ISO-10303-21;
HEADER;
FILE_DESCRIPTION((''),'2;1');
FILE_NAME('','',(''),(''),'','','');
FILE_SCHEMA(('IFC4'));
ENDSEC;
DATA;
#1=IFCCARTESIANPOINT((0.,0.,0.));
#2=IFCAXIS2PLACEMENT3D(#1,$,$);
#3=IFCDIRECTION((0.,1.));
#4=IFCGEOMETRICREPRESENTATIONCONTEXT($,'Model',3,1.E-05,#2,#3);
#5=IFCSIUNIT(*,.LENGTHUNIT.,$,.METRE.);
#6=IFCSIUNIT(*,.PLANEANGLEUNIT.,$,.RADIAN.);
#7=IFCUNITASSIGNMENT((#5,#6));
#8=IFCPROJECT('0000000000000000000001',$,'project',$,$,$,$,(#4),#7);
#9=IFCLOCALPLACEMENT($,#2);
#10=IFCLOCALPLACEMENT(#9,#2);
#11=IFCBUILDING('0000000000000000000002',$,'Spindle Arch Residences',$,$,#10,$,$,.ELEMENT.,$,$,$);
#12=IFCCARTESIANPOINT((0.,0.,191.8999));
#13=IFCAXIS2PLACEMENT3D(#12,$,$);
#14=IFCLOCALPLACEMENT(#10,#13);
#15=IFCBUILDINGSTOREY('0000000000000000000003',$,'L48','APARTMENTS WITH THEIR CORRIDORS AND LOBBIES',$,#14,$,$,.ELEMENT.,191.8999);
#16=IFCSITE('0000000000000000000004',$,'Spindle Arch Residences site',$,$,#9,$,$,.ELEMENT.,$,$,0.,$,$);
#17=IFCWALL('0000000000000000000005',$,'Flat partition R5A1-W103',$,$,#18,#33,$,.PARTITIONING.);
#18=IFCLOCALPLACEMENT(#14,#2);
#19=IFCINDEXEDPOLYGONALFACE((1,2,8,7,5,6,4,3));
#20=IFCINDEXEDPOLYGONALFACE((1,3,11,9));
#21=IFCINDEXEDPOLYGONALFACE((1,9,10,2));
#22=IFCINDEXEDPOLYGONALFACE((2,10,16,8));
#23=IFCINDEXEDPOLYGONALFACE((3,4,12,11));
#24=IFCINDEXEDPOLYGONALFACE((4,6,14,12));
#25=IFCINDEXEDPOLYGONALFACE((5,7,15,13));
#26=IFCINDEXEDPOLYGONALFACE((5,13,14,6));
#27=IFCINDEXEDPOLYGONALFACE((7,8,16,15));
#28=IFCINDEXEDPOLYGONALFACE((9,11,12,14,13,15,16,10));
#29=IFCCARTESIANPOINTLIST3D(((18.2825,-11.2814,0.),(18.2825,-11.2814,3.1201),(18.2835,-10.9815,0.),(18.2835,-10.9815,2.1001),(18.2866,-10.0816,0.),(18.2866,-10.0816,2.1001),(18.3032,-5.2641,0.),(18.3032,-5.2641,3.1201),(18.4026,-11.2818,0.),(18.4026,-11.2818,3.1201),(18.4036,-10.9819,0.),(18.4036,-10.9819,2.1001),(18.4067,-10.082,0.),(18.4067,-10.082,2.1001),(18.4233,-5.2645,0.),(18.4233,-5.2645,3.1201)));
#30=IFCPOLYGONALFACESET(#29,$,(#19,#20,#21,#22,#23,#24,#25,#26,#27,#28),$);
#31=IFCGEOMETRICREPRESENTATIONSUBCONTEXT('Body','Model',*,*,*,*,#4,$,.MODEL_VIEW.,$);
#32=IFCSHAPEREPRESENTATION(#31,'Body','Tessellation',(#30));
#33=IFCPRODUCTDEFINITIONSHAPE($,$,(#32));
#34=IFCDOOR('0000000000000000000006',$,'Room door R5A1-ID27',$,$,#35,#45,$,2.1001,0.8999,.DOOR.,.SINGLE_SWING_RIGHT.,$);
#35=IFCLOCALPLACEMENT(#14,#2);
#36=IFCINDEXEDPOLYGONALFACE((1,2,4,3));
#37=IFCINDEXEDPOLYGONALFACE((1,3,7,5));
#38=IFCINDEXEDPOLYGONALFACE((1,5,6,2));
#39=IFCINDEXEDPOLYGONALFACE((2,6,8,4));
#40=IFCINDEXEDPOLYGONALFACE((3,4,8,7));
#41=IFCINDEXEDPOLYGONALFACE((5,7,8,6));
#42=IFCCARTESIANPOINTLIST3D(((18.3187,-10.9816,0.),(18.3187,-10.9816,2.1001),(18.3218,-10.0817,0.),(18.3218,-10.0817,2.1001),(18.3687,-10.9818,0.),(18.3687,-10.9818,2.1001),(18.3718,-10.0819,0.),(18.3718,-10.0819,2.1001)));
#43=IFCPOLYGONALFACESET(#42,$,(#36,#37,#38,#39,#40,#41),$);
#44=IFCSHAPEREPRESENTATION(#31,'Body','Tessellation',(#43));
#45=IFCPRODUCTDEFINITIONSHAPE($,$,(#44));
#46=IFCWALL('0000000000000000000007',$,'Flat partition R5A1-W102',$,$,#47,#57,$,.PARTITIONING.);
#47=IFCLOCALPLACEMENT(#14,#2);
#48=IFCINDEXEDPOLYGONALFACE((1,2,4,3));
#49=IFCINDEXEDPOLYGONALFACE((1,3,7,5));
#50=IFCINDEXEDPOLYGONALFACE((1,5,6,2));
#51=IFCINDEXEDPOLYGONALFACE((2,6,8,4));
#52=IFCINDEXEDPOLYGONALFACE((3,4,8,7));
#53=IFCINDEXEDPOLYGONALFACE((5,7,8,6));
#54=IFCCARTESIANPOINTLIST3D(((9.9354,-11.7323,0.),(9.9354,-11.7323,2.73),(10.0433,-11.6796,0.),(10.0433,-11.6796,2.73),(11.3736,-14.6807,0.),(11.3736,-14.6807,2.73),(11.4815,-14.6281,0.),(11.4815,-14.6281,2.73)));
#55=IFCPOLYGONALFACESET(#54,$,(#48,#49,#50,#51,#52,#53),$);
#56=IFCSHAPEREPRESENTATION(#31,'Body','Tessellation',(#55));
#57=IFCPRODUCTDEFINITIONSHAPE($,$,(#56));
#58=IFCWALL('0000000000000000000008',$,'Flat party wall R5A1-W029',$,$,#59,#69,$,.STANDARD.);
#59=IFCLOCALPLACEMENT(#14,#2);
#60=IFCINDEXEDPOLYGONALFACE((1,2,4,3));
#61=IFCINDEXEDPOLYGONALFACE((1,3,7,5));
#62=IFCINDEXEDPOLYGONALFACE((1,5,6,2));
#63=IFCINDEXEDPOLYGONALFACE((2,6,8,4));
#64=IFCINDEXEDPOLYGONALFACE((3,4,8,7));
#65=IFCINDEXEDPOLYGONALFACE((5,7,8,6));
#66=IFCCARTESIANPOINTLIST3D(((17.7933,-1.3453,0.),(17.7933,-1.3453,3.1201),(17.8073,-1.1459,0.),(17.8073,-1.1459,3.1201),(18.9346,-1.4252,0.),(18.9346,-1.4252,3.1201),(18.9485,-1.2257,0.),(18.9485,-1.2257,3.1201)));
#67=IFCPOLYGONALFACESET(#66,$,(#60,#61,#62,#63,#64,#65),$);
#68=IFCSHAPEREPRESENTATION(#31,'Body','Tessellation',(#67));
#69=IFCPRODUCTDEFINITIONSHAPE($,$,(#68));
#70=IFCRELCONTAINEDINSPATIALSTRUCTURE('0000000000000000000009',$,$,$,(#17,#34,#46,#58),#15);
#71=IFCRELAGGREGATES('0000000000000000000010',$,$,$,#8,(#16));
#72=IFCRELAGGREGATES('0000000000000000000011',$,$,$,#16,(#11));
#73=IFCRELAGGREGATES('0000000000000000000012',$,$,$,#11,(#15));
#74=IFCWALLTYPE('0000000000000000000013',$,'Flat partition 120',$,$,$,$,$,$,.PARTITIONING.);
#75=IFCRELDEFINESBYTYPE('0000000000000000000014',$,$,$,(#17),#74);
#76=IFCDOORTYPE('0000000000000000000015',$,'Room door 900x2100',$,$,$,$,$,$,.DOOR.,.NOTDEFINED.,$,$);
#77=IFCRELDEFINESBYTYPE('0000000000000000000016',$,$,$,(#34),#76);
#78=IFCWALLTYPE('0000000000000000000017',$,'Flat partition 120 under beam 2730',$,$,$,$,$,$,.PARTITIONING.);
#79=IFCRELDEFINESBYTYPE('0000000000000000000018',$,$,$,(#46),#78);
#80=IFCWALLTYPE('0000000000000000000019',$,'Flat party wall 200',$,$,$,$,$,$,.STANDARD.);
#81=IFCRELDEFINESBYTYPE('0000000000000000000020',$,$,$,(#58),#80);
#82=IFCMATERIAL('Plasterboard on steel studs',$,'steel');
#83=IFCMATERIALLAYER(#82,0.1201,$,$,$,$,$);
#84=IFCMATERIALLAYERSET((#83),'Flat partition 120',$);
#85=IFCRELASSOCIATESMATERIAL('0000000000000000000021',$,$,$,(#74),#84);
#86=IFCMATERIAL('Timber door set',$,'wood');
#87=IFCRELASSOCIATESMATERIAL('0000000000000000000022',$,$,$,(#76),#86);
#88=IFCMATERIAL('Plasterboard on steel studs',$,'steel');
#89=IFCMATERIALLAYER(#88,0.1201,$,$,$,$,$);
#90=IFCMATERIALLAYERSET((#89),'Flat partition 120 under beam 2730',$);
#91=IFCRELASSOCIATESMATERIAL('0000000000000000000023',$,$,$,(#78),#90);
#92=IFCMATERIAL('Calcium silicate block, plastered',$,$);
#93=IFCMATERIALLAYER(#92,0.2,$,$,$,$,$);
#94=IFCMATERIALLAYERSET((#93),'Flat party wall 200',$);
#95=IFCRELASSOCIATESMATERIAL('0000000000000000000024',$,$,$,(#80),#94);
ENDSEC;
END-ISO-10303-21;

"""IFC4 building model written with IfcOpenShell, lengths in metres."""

from ifc_helpers import new_model, si_unit, direction, frame, frame_2d, origin, place, context, subcontext, project, spatial, rectangle, extrude, material, layer, layer_set, type_object, element, fill, save


model = new_model("IFC4")

# Units and contexts
model_context = context("Model", 3, precision=1e-05, world=origin(), true_north=direction((0.0, 1.0)))
body_context = subcontext(model_context, "Body", "Model", "MODEL_VIEW")
ifc_project = project(units=[si_unit("LENGTHUNIT", "METRE"), si_unit("PLANEANGLEUNIT", "RADIAN")], contexts=[model_context])

# Site, building, storey
site_placement = place(None, origin())
site = spatial("IfcSite", under=ifc_project, at=site_placement, Name="Spindle Arch Residences site", CompositionType="ELEMENT", RefElevation=0.0)
building_placement = place(site_placement, origin())
building = spatial("IfcBuilding", under=site, at=building_placement, Name="Spindle Arch Residences", CompositionType="ELEMENT")
storey_placement = place(building_placement, frame((0.0, 0.0, 191.8999)))
storey = spatial("IfcBuildingStorey", under=building, at=storey_placement, Name="L48", Description="APARTMENTS WITH THEIR CORRIDORS AND LOBBIES", CompositionType="ELEMENT", Elevation=191.8999)

# Shared definitions
ifc_material_1 = material(Name="Plasterboard on steel studs", Category="steel")
ifc_layer_1 = layer(ifc_material_1, 0.1201)
ifc_layer_set_1 = layer_set([ifc_layer_1], Name="Flat partition 120")
wall_type_1 = type_object("IfcWallType", Name="Flat partition 120", PredefinedType="PARTITIONING", material=ifc_layer_set_1)
ifc_material_2 = material(Name="Timber door set", Category="wood")
door_type_1 = type_object("IfcDoorType", Name="Room door 900x2100", OperationType="NOTDEFINED", PredefinedType="DOOR", material=ifc_material_2)

# Wall, opening, door
wall_1_placement = place(storey_placement, frame((18.3425, -11.2817, 0.0), z_axis=(0.0, 0.0, 1.0), x_axis=(0.003449, 0.999994, 0.0)))
wall_1 = element("IfcWall", 1, at=wall_1_placement, inside=storey, type_object=wall_type_1, Name="Flat partition R5A1-W103", PredefinedType="PARTITIONING", context=body_context, shape_type="SweptSolid", body=[
    extrude(rectangle(XDim=6.0173, YDim=0.1201, at=frame_2d((3.0088, 0.0))), origin(), (0.0, 0.0, 1.0), 3.1201),
])
opening_1_placement = place(wall_1_placement, frame((0.3, 0.0, 0.0)))
opening_1 = element("IfcOpeningElement", 2, at=opening_1_placement, cuts=wall_1, PredefinedType="OPENING", context=body_context, shape_type="SweptSolid", body=[
    extrude(rectangle(XDim=0.8999, YDim=2.1001, at=frame_2d((0.45, 1.05))), frame((0.0, 0.0701, 0.0), z_axis=(0.0, -1.0, 0.0), x_axis=(1.0, 0.0, 0.0)), (0.0, 0.0, 1.0), 0.1401),
])
door_1_placement = place(opening_1_placement, origin())
door_1 = element("IfcDoor", 3, at=door_1_placement, inside=storey, type_object=door_type_1, Name="Room door R5A1-ID27", OperationType="SINGLE_SWING_RIGHT", OverallHeight=2.1001, OverallWidth=0.8999, PredefinedType="DOOR", context=body_context, shape_type="SweptSolid", body=[
    extrude(rectangle(XDim=0.8999, YDim=2.1001, at=frame_2d((0.45, 1.05))), frame((0.0, 0.0249, 0.0), z_axis=(0.0, -1.0, 0.0), x_axis=(1.0, 0.0, 0.0)), (0.0, 0.0, 1.0), 0.05),
])
fill(opening_1, door_1)

# Walls
ifc_material_3 = material(Name="Plasterboard on steel studs", Category="steel")
ifc_layer_2 = layer(ifc_material_3, 0.1201)
ifc_layer_set_2 = layer_set([ifc_layer_2], Name="Flat partition 120 under beam 2730")
wall_type_2 = type_object("IfcWallType", Name="Flat partition 120 under beam 2730", PredefinedType="PARTITIONING", material=ifc_layer_set_2)
wall_2_placement = place(storey_placement, frame((11.4275, -14.6543, 0.0), z_axis=(0.0, 0.0, 1.0), x_axis=(-0.43841, 0.898775, 0.0)))
element("IfcWall", 4, at=wall_2_placement, inside=storey, type_object=wall_type_2, Name="Flat partition R5A1-W102", PredefinedType="PARTITIONING", context=body_context, shape_type="SweptSolid", body=[
    extrude(rectangle(XDim=3.2805, YDim=0.1201, at=frame_2d((1.6401, 0.0))), origin(), (0.0, 0.0, 1.0), 2.73),
])
ifc_material_4 = material(Name="Calcium silicate block, plastered")
ifc_layer_3 = layer(ifc_material_4, 0.2)
ifc_layer_set_3 = layer_set([ifc_layer_3], Name="Flat party wall 200")
wall_type_3 = type_object("IfcWallType", Name="Flat party wall 200", PredefinedType="STANDARD", material=ifc_layer_set_3)
wall_3_placement = place(storey_placement, frame((17.8003, -1.2456, 0.0), z_axis=(0.0, 0.0, 1.0), x_axis=(0.997563, -0.069776, 0.0)))
element("IfcWall", 5, at=wall_3_placement, inside=storey, type_object=wall_type_3, Name="Flat party wall R5A1-W029", PredefinedType="STANDARD", context=body_context, shape_type="SweptSolid", body=[
    extrude(rectangle(XDim=1.144, YDim=0.2, at=frame_2d((0.572, 0.0))), origin(), (0.0, 0.0, 1.0), 3.1201),
])

save(model, "model.ifc")
